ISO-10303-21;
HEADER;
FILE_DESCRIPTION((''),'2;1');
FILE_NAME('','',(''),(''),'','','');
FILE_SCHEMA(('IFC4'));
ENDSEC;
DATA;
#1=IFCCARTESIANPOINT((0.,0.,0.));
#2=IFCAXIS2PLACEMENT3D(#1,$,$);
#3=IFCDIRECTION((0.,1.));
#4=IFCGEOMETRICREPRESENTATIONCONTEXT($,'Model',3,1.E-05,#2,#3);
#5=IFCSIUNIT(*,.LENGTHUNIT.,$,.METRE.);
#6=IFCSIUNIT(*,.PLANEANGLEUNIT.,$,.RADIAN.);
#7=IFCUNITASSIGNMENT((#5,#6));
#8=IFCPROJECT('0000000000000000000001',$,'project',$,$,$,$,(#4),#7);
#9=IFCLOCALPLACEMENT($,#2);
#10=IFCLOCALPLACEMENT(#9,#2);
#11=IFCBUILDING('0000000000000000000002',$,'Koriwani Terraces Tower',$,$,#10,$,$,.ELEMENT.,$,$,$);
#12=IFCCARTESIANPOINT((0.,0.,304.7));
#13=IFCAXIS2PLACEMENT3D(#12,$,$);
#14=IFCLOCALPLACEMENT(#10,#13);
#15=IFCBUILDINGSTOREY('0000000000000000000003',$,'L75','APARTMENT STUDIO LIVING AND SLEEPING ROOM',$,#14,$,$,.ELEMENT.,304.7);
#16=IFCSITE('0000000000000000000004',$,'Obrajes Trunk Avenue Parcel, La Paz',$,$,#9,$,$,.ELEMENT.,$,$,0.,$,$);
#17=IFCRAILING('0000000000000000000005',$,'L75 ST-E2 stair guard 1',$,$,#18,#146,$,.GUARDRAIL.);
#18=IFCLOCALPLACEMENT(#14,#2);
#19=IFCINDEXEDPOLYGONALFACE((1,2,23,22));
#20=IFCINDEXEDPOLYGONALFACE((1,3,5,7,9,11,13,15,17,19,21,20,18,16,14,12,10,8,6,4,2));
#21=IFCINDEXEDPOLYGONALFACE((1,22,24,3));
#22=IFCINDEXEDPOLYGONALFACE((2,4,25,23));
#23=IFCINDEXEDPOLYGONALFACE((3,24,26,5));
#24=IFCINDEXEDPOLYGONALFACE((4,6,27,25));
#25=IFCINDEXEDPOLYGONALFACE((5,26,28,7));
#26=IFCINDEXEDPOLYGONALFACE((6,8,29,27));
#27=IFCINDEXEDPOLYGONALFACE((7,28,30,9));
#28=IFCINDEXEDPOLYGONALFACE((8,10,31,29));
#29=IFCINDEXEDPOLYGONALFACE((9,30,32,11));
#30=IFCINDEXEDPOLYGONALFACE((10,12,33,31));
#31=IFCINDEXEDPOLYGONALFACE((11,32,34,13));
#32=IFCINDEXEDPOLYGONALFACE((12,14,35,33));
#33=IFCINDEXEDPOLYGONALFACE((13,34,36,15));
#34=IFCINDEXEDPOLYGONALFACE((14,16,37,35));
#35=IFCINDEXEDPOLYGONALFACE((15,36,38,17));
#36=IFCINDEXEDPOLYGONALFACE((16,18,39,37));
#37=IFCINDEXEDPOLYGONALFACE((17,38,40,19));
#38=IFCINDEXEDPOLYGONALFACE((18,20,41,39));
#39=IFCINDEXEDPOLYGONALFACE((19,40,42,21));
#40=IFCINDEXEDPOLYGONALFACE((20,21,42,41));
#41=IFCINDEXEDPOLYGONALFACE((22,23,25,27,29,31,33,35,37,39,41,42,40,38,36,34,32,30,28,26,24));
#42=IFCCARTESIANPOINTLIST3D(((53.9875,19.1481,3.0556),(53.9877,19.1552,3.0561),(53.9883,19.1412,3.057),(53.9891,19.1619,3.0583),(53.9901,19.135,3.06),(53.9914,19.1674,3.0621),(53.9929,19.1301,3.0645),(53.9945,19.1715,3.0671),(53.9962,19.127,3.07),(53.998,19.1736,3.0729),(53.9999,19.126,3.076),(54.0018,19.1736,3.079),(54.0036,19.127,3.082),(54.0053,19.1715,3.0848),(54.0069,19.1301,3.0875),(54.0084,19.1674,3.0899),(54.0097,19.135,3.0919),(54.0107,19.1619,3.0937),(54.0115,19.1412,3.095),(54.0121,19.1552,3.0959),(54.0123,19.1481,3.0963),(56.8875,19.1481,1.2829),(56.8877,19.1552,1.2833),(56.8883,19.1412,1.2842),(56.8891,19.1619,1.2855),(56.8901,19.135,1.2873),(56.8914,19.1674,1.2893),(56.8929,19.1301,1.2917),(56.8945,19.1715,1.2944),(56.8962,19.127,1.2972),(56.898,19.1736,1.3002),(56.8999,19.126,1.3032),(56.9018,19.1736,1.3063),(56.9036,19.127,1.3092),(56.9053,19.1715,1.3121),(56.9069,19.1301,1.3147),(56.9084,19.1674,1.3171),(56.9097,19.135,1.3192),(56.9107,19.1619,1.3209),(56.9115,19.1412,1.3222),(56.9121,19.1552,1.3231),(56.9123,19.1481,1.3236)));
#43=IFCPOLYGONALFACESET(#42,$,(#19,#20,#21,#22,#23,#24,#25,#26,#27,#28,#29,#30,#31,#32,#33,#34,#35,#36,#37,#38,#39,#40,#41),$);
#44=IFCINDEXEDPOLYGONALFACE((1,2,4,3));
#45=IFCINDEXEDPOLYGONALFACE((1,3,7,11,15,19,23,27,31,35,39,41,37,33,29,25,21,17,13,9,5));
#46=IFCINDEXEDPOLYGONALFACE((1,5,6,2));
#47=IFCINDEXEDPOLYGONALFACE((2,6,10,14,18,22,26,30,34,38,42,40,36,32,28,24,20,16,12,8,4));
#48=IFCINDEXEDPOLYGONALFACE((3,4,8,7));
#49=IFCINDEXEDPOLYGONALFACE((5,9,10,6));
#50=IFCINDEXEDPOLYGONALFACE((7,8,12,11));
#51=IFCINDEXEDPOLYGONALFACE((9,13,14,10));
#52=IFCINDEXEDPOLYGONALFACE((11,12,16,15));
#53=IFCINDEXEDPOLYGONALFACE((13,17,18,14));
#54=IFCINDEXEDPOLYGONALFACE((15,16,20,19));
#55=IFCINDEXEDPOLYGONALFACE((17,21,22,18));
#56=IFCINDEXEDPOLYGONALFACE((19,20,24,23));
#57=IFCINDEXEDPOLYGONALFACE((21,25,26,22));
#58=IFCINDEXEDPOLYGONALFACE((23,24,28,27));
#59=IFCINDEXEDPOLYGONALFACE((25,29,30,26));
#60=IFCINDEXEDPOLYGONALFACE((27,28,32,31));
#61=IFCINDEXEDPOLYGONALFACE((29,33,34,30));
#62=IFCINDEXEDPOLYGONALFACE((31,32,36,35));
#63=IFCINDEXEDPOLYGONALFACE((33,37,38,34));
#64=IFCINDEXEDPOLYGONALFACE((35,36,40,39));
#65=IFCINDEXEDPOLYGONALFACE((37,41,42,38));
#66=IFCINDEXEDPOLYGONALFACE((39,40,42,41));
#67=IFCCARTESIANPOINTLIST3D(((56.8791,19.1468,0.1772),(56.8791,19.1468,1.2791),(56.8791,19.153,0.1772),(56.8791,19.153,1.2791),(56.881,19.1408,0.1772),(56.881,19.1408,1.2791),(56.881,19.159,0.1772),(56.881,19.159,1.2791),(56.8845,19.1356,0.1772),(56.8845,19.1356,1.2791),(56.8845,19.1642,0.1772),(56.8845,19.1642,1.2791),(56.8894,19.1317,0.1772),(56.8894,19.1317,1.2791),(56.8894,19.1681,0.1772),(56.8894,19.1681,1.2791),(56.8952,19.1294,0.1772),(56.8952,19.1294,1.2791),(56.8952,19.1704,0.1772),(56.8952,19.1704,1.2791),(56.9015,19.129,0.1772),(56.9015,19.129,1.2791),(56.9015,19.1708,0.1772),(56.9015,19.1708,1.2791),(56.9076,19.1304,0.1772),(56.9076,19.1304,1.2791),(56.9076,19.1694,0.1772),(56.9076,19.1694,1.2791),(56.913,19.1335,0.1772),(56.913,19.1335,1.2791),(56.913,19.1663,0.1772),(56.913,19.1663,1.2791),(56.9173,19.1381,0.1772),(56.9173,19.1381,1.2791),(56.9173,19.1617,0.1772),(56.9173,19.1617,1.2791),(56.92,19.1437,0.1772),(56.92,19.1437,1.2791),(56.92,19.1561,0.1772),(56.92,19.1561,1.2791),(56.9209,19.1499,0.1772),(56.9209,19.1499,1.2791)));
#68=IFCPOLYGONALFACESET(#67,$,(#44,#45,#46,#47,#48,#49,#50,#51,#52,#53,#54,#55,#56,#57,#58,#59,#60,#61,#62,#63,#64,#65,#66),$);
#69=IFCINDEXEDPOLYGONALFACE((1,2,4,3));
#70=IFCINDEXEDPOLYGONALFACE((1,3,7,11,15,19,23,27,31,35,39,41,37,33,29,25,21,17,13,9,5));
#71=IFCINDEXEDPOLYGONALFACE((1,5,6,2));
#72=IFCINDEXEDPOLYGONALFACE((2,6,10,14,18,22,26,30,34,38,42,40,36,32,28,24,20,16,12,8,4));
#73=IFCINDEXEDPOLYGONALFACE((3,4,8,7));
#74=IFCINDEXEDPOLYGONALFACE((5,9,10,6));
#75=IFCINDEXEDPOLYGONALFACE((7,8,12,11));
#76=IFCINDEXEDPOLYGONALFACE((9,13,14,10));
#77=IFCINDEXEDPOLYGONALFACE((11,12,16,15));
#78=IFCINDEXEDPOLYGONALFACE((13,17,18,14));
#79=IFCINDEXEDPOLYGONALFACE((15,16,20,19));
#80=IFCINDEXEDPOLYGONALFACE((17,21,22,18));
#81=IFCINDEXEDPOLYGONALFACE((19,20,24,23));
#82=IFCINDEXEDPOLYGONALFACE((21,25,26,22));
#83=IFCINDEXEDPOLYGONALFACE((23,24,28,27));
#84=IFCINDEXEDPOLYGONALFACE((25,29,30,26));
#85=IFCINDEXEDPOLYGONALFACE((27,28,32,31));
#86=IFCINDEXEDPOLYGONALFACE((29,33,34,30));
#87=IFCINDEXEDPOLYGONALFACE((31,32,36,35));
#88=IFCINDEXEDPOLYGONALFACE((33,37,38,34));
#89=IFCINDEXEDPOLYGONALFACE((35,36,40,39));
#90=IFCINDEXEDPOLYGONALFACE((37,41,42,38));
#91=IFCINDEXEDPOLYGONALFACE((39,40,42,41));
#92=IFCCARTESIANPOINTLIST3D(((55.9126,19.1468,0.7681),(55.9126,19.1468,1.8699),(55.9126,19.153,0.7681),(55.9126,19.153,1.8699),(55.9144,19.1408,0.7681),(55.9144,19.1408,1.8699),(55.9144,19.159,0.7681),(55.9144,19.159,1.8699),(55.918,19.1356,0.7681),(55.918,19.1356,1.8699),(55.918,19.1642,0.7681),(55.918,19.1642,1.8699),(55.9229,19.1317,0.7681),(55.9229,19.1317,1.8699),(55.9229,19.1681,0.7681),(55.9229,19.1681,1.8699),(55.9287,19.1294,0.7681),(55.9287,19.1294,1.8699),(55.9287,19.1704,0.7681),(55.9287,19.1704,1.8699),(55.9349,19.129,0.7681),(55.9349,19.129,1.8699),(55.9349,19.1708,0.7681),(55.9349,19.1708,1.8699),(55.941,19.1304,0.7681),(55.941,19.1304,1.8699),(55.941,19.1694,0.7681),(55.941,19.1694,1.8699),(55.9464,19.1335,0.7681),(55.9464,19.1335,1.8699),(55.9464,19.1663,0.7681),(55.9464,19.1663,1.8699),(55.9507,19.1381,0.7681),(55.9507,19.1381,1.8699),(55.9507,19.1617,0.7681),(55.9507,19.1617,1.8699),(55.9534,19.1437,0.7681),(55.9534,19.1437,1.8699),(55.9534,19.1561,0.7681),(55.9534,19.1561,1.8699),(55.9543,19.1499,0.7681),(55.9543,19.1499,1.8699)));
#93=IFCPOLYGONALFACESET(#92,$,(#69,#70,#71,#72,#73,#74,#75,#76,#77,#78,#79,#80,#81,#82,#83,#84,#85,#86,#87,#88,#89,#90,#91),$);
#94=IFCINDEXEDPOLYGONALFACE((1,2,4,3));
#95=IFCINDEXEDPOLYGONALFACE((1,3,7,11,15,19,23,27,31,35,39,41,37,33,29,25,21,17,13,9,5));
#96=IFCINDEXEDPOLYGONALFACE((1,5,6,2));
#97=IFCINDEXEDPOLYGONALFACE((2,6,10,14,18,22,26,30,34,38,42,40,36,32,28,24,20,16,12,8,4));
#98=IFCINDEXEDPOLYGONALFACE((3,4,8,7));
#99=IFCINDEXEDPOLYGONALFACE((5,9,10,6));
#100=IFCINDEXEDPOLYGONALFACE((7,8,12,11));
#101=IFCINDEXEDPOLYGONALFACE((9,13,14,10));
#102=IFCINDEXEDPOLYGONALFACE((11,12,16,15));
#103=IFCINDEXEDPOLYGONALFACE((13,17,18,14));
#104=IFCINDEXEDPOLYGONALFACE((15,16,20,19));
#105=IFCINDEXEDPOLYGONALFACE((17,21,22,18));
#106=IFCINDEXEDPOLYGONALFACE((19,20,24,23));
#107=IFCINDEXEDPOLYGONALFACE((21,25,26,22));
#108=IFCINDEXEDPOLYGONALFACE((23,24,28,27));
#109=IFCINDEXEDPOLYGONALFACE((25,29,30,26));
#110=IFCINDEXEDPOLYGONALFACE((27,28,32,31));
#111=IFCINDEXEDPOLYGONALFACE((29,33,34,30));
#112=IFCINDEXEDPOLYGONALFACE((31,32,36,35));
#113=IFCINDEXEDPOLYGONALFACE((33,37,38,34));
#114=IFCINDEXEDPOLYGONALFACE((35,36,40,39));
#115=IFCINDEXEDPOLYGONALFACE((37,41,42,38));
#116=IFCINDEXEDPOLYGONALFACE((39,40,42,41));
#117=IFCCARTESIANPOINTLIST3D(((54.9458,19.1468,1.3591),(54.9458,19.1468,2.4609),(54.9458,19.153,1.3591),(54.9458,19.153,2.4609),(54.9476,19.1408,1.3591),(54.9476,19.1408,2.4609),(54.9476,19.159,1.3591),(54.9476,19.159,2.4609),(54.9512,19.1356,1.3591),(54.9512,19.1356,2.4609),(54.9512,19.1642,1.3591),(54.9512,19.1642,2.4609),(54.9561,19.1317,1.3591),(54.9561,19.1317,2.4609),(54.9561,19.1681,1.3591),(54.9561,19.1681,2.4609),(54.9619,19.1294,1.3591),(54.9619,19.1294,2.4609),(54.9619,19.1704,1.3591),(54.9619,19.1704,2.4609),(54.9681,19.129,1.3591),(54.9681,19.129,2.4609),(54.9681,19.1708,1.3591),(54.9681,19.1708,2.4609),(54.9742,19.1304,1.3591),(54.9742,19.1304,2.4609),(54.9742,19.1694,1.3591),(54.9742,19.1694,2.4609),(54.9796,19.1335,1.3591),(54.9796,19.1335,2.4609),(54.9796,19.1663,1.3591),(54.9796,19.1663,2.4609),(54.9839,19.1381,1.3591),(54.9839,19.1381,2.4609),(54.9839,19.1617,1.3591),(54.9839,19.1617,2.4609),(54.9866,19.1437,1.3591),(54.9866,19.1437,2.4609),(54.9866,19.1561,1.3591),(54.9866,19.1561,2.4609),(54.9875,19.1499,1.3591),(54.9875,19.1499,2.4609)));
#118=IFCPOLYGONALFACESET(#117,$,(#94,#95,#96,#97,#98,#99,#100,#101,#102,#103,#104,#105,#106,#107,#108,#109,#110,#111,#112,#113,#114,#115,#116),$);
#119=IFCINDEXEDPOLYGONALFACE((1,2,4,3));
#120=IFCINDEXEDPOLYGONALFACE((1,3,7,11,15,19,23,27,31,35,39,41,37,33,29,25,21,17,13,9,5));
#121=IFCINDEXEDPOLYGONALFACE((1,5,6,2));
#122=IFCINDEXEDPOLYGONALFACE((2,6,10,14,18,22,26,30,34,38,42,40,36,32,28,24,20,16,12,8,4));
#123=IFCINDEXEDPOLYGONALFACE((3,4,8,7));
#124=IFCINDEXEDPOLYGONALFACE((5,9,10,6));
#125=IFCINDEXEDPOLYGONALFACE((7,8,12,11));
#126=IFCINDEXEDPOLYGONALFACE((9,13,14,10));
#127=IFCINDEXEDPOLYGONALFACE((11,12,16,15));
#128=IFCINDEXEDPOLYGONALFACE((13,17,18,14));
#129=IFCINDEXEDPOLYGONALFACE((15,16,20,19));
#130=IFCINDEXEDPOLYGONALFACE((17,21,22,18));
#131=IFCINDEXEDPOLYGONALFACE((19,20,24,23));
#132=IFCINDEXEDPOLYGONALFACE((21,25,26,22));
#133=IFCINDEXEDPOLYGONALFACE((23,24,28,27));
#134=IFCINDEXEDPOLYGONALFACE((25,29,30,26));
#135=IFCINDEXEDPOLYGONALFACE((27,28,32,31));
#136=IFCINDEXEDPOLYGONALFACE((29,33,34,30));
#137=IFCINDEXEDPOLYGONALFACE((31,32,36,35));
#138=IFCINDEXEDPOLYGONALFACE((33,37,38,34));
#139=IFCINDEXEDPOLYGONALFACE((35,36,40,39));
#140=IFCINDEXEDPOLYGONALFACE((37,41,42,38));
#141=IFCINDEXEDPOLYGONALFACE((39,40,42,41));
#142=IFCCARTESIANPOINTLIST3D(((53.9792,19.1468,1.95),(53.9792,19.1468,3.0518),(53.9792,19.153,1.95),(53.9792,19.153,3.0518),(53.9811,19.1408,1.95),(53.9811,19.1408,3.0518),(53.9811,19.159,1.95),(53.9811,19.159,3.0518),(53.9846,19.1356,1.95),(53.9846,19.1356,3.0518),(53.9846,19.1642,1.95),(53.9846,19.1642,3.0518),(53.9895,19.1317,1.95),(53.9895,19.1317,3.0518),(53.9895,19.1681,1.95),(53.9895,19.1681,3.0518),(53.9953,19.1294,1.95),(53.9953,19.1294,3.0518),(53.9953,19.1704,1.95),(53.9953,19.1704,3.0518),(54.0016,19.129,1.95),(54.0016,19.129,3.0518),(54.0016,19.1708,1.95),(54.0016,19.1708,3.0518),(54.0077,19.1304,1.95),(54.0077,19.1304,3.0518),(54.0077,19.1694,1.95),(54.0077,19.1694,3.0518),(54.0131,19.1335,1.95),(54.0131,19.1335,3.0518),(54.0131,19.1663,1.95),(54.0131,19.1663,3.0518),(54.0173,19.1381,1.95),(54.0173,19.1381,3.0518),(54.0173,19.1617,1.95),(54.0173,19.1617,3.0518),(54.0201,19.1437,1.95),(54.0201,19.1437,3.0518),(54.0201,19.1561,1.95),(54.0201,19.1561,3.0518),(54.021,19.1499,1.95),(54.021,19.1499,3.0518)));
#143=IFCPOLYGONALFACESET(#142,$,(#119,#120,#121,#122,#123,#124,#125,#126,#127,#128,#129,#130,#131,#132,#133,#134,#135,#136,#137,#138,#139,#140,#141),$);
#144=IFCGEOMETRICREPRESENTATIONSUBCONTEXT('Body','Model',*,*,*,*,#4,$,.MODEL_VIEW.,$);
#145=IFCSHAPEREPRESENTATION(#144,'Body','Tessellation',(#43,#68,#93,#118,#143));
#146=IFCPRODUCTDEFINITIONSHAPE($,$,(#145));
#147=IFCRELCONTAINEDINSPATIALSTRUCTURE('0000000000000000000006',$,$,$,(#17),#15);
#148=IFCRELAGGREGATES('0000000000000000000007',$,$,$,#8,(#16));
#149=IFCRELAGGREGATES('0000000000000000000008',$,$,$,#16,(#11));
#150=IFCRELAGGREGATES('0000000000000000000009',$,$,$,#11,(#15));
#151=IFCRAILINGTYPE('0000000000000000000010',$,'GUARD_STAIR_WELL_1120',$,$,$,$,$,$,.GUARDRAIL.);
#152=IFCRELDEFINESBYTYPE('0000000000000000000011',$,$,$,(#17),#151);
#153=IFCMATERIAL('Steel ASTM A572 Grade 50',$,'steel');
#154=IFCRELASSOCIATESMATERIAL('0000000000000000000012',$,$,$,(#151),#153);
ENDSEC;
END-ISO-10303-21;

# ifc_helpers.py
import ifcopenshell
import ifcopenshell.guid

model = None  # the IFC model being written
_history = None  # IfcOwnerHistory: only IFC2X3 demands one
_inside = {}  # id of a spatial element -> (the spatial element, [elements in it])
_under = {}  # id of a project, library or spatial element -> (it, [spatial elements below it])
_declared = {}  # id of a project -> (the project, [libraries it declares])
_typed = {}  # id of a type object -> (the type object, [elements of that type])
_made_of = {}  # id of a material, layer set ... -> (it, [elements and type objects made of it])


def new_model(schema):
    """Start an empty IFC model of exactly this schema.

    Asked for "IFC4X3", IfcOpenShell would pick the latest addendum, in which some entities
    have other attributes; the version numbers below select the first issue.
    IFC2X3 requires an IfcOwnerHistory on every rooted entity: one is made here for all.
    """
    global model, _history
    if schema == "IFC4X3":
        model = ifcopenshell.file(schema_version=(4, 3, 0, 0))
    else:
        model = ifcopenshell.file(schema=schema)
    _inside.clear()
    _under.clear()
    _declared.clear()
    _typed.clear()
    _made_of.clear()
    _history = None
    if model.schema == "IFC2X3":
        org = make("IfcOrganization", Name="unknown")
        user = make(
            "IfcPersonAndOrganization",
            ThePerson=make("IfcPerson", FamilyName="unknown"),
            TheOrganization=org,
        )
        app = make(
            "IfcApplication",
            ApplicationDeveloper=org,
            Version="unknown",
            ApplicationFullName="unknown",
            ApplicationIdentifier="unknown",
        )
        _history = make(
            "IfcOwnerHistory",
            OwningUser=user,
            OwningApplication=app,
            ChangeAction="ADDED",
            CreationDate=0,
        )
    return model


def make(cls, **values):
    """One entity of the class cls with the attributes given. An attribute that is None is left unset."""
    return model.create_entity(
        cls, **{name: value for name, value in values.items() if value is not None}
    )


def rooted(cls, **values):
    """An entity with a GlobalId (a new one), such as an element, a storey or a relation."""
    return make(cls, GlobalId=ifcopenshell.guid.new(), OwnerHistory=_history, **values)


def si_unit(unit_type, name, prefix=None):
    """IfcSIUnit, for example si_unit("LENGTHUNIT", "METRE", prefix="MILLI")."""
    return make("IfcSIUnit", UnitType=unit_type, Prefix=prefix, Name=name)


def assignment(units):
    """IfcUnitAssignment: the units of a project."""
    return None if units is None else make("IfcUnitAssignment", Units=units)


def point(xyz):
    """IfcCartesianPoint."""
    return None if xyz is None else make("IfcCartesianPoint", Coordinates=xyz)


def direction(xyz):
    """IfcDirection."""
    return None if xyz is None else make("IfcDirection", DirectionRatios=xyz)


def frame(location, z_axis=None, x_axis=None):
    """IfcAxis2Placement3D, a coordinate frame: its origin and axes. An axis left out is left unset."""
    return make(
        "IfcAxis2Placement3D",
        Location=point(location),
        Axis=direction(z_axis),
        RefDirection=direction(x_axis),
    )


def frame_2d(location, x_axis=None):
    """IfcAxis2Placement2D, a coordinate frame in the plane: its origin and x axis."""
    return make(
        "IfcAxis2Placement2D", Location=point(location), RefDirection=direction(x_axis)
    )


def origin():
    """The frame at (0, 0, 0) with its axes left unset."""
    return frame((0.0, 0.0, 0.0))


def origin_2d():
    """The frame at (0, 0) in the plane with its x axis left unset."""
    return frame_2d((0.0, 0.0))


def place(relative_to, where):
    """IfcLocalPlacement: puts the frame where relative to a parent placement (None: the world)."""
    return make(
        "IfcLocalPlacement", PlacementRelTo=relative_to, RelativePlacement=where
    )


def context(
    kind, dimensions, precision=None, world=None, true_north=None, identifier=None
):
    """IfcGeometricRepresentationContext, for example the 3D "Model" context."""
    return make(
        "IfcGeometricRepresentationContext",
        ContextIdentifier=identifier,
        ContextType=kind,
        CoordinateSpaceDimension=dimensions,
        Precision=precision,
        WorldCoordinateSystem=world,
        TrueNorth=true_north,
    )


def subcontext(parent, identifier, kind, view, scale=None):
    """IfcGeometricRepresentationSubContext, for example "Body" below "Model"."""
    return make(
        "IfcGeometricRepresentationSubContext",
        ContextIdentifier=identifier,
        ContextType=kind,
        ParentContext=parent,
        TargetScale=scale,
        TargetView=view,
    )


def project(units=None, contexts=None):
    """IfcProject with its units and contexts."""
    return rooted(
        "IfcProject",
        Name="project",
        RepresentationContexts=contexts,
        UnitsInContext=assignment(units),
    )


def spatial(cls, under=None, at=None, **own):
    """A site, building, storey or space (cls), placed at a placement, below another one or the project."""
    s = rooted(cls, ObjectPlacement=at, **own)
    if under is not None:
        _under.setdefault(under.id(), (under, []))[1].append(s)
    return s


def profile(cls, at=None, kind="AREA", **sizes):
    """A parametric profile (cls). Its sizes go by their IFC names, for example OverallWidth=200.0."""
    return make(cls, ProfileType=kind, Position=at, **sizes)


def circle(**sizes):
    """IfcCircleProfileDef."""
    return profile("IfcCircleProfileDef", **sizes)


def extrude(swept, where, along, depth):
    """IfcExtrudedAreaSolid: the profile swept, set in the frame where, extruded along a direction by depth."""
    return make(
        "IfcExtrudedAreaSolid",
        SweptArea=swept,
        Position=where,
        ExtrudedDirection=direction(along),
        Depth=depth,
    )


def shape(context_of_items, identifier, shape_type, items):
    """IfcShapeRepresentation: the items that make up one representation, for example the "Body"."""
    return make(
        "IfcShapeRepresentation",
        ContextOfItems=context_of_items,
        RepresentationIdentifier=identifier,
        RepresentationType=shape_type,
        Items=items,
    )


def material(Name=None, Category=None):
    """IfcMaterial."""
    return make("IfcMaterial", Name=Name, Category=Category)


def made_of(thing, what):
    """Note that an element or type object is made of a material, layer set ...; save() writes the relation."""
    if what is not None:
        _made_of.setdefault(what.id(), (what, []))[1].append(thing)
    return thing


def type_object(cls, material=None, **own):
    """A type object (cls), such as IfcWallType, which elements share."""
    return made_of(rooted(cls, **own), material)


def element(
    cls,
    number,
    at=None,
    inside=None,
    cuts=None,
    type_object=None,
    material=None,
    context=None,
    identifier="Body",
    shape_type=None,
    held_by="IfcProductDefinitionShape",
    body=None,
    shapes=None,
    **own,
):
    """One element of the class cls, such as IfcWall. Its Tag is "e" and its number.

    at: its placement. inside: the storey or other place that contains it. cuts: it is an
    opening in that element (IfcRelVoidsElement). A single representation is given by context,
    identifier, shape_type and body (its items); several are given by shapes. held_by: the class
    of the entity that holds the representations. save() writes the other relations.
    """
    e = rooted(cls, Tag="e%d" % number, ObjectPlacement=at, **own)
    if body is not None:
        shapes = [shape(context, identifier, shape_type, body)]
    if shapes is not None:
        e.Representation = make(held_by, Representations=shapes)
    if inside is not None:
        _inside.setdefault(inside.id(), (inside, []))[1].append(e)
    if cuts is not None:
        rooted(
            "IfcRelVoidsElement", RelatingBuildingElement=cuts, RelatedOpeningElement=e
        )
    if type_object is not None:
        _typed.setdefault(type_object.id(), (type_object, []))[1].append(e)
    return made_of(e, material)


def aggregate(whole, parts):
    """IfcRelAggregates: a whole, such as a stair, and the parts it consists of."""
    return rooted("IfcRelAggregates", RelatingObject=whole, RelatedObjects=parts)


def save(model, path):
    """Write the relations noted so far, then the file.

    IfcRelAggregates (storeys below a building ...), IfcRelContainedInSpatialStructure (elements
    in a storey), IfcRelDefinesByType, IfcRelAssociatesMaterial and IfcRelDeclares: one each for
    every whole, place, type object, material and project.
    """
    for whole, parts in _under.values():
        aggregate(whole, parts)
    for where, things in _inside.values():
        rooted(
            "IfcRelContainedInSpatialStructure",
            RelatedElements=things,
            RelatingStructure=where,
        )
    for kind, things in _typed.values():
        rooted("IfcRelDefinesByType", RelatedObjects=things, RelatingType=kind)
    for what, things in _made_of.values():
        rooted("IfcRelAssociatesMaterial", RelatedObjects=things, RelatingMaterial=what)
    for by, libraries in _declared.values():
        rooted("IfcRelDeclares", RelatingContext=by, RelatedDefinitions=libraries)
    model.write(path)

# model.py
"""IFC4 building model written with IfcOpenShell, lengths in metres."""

from ifc_helpers import new_model, si_unit, direction, frame, origin, origin_2d, place, context, subcontext, project, spatial, circle, extrude, material, type_object, element, save


model = new_model("IFC4")

# Units and contexts
model_context = context("Model", 3, precision=1e-05, world=origin(), true_north=direction((0.0, 1.0)))
body_context = subcontext(model_context, "Body", "Model", "MODEL_VIEW")
ifc_project = project(units=[si_unit("LENGTHUNIT", "METRE"), si_unit("PLANEANGLEUNIT", "RADIAN")], contexts=[model_context])

# Site, building, storey
site_placement = place(None, origin())
site = spatial("IfcSite", under=ifc_project, at=site_placement, Name="Obrajes Trunk Avenue Parcel, La Paz", CompositionType="ELEMENT", RefElevation=0.0)
building_placement = place(site_placement, origin())
building = spatial("IfcBuilding", under=site, at=building_placement, Name="Koriwani Terraces Tower", CompositionType="ELEMENT")
storey_placement = place(building_placement, frame((0.0, 0.0, 304.7)))
storey = spatial("IfcBuildingStorey", under=building, at=storey_placement, Name="L75", Description="APARTMENT STUDIO LIVING AND SLEEPING ROOM", CompositionType="ELEMENT", Elevation=304.7)

# Shared definitions
ifc_material_1 = material(Name="Steel ASTM A572 Grade 50", Category="steel")

# Railing
railing_type_1 = type_object("IfcRailingType", Name="GUARD_STAIR_WELL_1120", PredefinedType="GUARDRAIL", material=ifc_material_1)
railing_1_placement = place(storey_placement, frame((56.8999, 19.1499, 0.1772)))
element("IfcRailing", 1, at=railing_1_placement, inside=storey, type_object=railing_type_1, Name="L75 ST-E2 stair guard 1", PredefinedType="GUARDRAIL", context=body_context, shape_type="SweptSolid", body=[
    extrude(circle(Radius=0.0239, at=origin_2d()), frame((0.0, 0.0, 1.126), z_axis=(-0.853211, 0.0, 0.521566), x_axis=(0.0, -1.0, 0.0)), (0.0, 0.0, 1.0), 3.3989),
    extrude(circle(Radius=0.021, at=origin_2d()), origin(), (0.0, 0.0, 1.0), 1.1018),
    extrude(circle(Radius=0.021, at=origin_2d()), frame((-0.9666, 0.0, 0.5908)), (0.0, 0.0, 1.0), 1.1018),
    extrude(circle(Radius=0.021, at=origin_2d()), frame((-1.9333, 0.0, 1.1819)), (0.0, 0.0, 1.0), 1.1018),
    extrude(circle(Radius=0.021, at=origin_2d()), frame((-2.8999, 0.0, 1.7727)), (0.0, 0.0, 1.0), 1.1018),
])

save(model, "model.ifc")
